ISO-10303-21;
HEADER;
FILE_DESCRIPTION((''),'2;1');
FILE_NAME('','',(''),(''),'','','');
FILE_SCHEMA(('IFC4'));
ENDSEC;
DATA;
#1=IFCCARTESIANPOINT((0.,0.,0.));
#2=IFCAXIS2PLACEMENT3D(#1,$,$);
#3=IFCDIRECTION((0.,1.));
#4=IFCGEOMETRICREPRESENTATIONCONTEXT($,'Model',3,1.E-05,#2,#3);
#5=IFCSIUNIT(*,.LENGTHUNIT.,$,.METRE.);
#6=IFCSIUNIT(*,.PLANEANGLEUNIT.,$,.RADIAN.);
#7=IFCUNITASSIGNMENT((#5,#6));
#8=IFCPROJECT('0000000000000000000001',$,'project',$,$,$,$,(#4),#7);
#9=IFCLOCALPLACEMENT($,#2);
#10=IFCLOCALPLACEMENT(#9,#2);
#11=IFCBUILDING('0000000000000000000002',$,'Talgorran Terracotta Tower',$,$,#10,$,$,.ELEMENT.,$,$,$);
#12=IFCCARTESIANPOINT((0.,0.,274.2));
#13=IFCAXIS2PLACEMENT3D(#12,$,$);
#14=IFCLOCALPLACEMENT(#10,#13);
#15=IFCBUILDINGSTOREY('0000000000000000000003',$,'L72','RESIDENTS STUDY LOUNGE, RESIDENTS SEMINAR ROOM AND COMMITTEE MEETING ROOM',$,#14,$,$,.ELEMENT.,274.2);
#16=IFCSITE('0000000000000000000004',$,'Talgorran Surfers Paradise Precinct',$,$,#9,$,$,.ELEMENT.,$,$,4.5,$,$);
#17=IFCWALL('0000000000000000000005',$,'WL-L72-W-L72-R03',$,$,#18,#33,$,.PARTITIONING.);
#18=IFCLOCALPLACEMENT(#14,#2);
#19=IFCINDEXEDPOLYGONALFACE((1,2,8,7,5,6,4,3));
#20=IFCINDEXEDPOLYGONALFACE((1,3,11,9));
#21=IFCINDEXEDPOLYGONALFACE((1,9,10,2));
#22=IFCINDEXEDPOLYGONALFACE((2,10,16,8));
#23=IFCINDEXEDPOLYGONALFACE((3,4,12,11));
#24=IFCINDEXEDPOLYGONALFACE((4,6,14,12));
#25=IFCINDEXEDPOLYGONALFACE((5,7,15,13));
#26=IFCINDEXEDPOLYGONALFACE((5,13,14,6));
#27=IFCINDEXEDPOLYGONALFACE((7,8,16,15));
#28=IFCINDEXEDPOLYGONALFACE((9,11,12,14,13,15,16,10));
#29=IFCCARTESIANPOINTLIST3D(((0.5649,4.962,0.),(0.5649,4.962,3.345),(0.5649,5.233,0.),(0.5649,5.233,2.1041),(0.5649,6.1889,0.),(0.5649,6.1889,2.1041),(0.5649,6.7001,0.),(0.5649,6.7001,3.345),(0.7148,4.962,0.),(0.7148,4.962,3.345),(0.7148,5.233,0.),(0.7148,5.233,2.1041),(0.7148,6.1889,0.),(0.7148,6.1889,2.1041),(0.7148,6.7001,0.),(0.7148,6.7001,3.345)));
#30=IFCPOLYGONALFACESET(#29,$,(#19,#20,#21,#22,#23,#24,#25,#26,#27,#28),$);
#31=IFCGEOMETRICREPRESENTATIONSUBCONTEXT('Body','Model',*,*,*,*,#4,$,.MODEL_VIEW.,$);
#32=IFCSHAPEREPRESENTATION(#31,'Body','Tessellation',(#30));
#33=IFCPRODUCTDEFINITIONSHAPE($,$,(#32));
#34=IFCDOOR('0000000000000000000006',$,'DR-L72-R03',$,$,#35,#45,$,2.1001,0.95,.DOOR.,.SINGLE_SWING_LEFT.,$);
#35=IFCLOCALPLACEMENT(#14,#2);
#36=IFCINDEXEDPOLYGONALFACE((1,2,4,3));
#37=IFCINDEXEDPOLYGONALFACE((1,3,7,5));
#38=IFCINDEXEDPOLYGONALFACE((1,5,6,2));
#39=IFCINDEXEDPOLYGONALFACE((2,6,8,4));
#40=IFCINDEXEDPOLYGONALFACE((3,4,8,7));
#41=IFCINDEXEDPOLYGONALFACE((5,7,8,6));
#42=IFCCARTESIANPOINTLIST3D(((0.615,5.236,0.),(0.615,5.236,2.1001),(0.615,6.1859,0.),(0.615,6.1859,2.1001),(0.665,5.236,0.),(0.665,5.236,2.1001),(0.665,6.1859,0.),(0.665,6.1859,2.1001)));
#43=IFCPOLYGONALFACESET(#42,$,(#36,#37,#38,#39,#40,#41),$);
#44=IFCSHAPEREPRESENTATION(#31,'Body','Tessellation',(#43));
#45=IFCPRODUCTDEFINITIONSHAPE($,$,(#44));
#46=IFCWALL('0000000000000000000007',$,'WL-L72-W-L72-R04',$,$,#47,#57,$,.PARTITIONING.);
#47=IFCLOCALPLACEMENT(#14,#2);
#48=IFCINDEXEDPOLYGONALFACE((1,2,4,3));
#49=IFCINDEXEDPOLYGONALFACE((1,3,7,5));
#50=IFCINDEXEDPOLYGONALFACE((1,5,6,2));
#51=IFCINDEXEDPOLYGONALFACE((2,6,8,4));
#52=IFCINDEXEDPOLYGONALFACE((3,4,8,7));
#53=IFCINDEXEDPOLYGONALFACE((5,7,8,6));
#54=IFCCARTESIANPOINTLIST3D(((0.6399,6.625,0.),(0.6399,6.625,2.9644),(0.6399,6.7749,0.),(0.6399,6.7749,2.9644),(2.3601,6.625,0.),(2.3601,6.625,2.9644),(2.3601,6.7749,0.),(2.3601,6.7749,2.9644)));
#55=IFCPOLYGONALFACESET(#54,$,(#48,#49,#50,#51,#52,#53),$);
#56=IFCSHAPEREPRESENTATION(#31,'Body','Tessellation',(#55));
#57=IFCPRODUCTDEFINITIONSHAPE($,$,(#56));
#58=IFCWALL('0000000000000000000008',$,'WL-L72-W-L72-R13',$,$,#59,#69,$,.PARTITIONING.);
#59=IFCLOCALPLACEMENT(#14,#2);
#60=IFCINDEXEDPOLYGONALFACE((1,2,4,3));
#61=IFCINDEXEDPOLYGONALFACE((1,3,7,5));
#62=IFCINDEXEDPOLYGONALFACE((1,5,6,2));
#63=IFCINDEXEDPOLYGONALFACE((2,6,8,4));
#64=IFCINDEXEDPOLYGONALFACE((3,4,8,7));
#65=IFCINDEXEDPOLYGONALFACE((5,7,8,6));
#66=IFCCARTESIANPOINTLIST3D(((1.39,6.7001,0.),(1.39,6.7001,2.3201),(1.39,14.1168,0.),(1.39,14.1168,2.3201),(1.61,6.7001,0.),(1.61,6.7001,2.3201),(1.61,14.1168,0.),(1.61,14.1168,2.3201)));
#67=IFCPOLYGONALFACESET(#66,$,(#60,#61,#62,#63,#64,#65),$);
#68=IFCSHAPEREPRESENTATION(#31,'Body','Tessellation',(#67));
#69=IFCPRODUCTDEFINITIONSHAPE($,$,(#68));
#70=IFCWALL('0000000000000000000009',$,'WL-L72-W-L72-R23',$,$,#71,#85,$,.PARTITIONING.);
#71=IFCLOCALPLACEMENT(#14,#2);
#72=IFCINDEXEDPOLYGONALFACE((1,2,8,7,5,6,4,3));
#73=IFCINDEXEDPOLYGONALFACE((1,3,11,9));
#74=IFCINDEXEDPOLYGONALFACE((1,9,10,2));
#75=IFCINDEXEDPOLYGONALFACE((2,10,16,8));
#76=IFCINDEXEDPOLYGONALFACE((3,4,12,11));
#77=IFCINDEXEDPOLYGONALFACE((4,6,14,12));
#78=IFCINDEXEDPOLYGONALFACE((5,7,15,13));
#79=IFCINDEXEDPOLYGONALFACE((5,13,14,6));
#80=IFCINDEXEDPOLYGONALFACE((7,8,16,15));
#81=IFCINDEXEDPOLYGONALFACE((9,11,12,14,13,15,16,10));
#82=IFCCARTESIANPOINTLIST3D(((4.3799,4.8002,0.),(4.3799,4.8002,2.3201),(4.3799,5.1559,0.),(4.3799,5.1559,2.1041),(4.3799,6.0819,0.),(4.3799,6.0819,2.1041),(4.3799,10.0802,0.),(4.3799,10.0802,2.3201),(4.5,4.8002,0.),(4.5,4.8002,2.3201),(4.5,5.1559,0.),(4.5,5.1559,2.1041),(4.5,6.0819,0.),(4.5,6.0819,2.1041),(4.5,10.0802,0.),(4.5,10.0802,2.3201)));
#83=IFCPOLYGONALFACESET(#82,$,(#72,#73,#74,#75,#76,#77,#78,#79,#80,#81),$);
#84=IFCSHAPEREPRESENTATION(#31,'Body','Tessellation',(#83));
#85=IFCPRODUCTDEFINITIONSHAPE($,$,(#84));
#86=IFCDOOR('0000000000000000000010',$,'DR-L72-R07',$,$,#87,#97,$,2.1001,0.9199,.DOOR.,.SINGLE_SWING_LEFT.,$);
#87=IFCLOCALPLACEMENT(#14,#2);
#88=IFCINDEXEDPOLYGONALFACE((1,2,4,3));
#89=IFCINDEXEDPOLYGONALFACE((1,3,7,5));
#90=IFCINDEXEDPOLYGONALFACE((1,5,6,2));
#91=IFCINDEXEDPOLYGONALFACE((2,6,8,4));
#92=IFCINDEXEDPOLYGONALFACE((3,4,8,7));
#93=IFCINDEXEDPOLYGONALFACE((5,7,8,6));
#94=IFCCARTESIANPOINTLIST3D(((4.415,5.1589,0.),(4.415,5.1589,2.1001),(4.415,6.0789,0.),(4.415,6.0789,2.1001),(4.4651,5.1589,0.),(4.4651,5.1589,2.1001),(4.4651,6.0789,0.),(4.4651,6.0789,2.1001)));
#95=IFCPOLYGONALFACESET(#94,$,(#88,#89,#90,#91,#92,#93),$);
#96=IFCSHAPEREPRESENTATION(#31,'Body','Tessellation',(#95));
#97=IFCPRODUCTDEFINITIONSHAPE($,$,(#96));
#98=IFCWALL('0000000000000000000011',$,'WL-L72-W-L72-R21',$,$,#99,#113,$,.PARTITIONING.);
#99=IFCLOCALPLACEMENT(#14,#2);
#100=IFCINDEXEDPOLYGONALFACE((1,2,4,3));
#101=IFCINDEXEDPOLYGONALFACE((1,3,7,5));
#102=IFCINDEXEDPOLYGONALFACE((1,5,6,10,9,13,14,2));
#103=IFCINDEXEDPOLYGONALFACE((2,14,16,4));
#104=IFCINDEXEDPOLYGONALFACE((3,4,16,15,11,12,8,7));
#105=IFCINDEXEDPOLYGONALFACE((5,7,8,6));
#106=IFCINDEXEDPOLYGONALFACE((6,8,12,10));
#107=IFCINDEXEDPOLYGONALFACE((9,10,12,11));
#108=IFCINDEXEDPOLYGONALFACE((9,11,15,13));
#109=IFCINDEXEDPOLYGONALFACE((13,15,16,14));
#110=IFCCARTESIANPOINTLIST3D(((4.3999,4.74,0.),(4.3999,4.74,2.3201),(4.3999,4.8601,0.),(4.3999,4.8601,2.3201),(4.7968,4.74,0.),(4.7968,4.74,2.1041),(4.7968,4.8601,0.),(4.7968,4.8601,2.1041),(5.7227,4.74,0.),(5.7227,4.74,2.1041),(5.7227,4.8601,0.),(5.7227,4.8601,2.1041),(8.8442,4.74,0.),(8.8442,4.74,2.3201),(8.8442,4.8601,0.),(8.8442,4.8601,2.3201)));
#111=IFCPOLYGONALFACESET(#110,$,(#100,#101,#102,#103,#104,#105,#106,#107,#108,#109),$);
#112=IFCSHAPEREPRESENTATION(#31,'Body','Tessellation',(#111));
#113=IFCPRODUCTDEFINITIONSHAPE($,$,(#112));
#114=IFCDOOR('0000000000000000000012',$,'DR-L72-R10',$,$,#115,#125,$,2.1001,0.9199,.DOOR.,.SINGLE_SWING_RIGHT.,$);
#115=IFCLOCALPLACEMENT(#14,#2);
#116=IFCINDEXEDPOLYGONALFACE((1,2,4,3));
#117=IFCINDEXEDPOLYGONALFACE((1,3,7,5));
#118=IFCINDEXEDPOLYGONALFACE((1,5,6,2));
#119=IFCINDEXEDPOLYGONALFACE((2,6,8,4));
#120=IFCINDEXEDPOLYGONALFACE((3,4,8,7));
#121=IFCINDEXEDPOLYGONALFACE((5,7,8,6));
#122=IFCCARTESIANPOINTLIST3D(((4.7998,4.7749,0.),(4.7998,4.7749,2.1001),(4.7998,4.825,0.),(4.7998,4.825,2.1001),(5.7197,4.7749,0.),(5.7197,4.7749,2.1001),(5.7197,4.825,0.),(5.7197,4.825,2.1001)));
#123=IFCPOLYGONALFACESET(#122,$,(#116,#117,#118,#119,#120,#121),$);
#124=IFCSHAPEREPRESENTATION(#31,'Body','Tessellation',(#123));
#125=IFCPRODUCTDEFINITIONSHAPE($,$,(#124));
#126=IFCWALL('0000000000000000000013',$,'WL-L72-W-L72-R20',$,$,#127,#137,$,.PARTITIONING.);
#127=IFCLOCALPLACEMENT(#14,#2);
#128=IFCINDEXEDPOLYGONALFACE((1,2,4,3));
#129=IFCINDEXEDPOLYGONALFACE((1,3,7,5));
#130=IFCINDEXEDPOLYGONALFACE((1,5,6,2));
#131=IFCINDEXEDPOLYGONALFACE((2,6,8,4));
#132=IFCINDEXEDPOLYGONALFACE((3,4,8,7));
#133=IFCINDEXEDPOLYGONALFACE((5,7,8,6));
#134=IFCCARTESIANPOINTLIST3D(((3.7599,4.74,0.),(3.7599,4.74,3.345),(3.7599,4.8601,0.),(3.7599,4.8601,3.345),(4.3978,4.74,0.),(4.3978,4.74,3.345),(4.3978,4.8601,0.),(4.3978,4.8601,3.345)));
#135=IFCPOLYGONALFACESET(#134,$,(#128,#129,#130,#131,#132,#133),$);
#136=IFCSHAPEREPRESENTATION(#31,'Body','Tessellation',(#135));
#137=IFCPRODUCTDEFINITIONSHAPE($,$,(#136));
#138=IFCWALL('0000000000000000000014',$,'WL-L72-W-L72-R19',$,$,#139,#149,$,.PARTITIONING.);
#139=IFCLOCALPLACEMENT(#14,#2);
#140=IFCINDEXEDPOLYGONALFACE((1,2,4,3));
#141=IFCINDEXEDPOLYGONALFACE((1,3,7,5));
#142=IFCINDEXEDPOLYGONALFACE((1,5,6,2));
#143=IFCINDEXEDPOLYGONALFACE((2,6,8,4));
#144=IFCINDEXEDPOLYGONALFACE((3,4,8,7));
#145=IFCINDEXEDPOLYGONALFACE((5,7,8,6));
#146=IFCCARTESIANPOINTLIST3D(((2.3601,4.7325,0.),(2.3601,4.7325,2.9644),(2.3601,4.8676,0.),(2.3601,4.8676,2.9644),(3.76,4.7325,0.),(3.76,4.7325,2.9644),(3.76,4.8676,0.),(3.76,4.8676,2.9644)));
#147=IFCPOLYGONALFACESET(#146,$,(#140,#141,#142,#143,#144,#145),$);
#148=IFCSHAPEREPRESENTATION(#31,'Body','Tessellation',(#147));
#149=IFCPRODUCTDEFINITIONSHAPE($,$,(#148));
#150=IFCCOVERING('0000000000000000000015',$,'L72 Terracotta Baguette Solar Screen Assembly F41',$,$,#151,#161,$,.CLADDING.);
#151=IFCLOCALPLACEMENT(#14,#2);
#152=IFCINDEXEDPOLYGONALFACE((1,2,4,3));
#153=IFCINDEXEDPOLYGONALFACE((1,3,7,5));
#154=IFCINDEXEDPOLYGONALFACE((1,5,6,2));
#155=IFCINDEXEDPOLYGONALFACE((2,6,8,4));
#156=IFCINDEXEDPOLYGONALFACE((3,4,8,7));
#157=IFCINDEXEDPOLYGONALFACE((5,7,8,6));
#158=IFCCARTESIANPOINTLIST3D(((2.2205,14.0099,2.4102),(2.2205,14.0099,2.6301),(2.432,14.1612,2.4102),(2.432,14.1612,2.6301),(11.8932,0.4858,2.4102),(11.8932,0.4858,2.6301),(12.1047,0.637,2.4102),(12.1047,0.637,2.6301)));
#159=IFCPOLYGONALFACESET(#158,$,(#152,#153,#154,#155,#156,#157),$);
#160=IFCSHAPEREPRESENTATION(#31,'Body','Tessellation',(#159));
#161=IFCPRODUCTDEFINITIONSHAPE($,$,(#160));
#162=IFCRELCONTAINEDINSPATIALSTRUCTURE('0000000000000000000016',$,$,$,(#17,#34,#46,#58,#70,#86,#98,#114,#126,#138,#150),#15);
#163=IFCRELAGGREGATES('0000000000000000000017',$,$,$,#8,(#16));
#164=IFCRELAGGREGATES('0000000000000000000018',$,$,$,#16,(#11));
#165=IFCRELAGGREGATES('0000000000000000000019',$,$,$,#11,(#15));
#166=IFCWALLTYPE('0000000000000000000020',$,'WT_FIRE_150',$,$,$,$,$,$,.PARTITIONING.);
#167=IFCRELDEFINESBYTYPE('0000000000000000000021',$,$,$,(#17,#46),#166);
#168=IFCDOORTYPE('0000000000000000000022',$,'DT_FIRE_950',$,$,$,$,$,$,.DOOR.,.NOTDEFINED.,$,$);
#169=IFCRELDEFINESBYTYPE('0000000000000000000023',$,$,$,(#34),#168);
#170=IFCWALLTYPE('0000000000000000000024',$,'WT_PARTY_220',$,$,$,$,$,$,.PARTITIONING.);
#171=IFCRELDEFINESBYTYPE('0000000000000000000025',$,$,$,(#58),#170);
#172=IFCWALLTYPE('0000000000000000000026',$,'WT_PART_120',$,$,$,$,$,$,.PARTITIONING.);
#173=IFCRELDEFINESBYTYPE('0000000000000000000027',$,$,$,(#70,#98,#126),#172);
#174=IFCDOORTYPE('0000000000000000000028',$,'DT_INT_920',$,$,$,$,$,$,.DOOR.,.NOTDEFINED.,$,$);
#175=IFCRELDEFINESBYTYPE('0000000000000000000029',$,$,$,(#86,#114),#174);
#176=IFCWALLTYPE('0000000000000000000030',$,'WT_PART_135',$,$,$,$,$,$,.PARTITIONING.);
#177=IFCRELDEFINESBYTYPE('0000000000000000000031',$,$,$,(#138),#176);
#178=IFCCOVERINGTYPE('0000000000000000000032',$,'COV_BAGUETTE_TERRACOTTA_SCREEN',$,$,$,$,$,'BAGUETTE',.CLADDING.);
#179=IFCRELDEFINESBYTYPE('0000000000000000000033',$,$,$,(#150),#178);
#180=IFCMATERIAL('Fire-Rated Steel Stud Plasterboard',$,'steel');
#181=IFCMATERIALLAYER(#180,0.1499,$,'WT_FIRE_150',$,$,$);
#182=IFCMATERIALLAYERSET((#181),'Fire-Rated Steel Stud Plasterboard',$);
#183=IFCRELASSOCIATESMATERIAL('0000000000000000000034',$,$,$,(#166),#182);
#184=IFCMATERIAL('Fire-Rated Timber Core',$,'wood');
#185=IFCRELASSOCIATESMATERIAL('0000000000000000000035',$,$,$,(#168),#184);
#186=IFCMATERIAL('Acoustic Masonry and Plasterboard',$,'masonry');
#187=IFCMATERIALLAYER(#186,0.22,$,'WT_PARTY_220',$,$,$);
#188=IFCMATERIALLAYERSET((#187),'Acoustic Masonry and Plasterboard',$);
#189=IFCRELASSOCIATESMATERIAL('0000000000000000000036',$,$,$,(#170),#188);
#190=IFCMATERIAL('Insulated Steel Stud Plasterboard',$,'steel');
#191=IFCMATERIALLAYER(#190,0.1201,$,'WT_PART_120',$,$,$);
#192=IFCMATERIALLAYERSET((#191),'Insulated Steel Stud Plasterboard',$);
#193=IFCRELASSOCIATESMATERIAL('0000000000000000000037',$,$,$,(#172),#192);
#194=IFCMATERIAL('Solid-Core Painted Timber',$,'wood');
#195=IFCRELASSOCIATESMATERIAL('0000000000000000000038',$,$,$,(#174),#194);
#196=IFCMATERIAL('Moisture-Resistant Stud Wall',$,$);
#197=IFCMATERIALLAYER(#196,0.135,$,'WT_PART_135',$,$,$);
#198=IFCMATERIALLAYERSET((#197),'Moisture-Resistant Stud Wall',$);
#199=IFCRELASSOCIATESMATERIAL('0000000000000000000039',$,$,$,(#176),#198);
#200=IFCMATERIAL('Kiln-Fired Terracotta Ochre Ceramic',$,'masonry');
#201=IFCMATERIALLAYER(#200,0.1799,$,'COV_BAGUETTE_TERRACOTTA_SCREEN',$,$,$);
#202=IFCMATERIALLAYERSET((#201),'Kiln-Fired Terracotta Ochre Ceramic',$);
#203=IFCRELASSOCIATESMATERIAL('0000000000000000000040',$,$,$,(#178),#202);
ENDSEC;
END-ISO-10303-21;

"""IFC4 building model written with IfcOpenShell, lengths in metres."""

from ifc_helpers import new_model, si_unit, direction, frame, frame_2d, origin, origin_2d, place, context, subcontext, project, spatial, rectangle, extrude, material, layer, layer_set, type_object, element, fill, save


model = new_model("IFC4")

# Units and contexts
model_context = context("Model", 3, precision=1e-05, world=origin(), true_north=direction((0.0, 1.0)))
body_context = subcontext(model_context, "Body", "Model", "MODEL_VIEW")
ifc_project = project(units=[si_unit("LENGTHUNIT", "METRE"), si_unit("PLANEANGLEUNIT", "RADIAN")], contexts=[model_context])

# Site, building, storey
site_placement = place(None, origin())
site = spatial("IfcSite", under=ifc_project, at=site_placement, Name="Talgorran Surfers Paradise Precinct", CompositionType="ELEMENT", RefElevation=4.5)
building_placement = place(site_placement, origin())
building = spatial("IfcBuilding", under=site, at=building_placement, Name="Talgorran Terracotta Tower", CompositionType="ELEMENT")
storey_placement = place(building_placement, frame((0.0, 0.0, 274.2)))
storey = spatial("IfcBuildingStorey", under=building, at=storey_placement, Name="L72", Description="RESIDENTS STUDY LOUNGE, RESIDENTS SEMINAR ROOM AND COMMITTEE MEETING ROOM", CompositionType="ELEMENT", Elevation=274.2)

# Wall, opening, door
ifc_material_1 = material(Name="Fire-Rated Steel Stud Plasterboard", Category="steel")
ifc_layer_1 = layer(ifc_material_1, 0.1499, Name="WT_FIRE_150")
ifc_layer_set_1 = layer_set([ifc_layer_1], Name="Fire-Rated Steel Stud Plasterboard")
wall_type_1 = type_object("IfcWallType", Name="WT_FIRE_150", PredefinedType="PARTITIONING", material=ifc_layer_set_1)
wall_1_placement = place(storey_placement, frame((0.6399, 4.9619, 0.0), z_axis=(0.0, 0.0, 1.0), x_axis=(0.0, 1.0, 0.0)))
wall_1 = element("IfcWall", 1, at=wall_1_placement, inside=storey, type_object=wall_type_1, Name="WL-L72-W-L72-R03", PredefinedType="PARTITIONING", context=body_context, shape_type="SweptSolid", body=[
    extrude(rectangle(XDim=1.738, YDim=0.1499, at=frame_2d((0.8691, 0.0))), origin(), (0.0, 0.0, 1.0), 3.345),
])
opening_1_placement = place(wall_1_placement, frame((0.2739, 0.0, 0.0)))
opening_1 = element("IfcOpeningElement", 2, at=opening_1_placement, cuts=wall_1, PredefinedType="OPENING", context=body_context, shape_type="SweptSolid", body=[
    extrude(rectangle(XDim=0.956, YDim=2.1041, at=frame_2d((0.4751, 1.052))), frame((0.0, 0.085, 0.0), z_axis=(0.0, -1.0, 0.0), x_axis=(1.0, 0.0, 0.0)), (0.0, 0.0, 1.0), 0.1699),
])
ifc_material_2 = material(Name="Fire-Rated Timber Core", Category="wood")
door_type_1 = type_object("IfcDoorType", Name="DT_FIRE_950", OperationType="NOTDEFINED", PredefinedType="DOOR", material=ifc_material_2)
door_1_placement = place(opening_1_placement, origin())
door_1 = element("IfcDoor", 3, at=door_1_placement, inside=storey, type_object=door_type_1, Name="DR-L72-R03", OperationType="SINGLE_SWING_LEFT", OverallHeight=2.1001, OverallWidth=0.95, PredefinedType="DOOR", context=body_context, shape_type="SweptSolid", body=[
    extrude(rectangle(XDim=0.95, YDim=2.1001, at=frame_2d((0.4751, 1.05))), frame((0.0, 0.0249, 0.0), z_axis=(0.0, -1.0, 0.0), x_axis=(1.0, 0.0, 0.0)), (0.0, 0.0, 1.0), 0.05),
])
fill(opening_1, door_1)

# Walls
wall_2_placement = place(storey_placement, frame((0.6399, 6.7, 0.0), z_axis=(0.0, 0.0, 1.0), x_axis=(1.0, 0.0, 0.0)))
element("IfcWall", 4, at=wall_2_placement, inside=storey, type_object=wall_type_1, Name="WL-L72-W-L72-R04", PredefinedType="PARTITIONING", context=body_context, shape_type="SweptSolid", body=[
    extrude(rectangle(XDim=1.7202, YDim=0.1499, at=frame_2d((0.8601, 0.0))), origin(), (0.0, 0.0, 1.0), 2.9644),
])
ifc_material_3 = material(Name="Acoustic Masonry and Plasterboard", Category="masonry")
ifc_layer_2 = layer(ifc_material_3, 0.22, Name="WT_PARTY_220")
ifc_layer_set_2 = layer_set([ifc_layer_2], Name="Acoustic Masonry and Plasterboard")
wall_type_2 = type_object("IfcWallType", Name="WT_PARTY_220", PredefinedType="PARTITIONING", material=ifc_layer_set_2)
wall_3_placement = place(storey_placement, frame((1.5, 6.7, 0.0), z_axis=(0.0, 0.0, 1.0), x_axis=(0.0, 1.0, 0.0)))
element("IfcWall", 5, at=wall_3_placement, inside=storey, type_object=wall_type_2, Name="WL-L72-W-L72-R13", PredefinedType="PARTITIONING", context=body_context, shape_type="SweptSolid", body=[
    extrude(rectangle(XDim=7.4167, YDim=0.22, at=frame_2d((3.7085, 0.0))), origin(), (0.0, 0.0, 1.0), 2.3201),
])

# Walls, openings, doors
ifc_material_4 = material(Name="Insulated Steel Stud Plasterboard", Category="steel")
ifc_layer_3 = layer(ifc_material_4, 0.1201, Name="WT_PART_120")
ifc_layer_set_3 = layer_set([ifc_layer_3], Name="Insulated Steel Stud Plasterboard")
wall_type_3 = type_object("IfcWallType", Name="WT_PART_120", PredefinedType="PARTITIONING", material=ifc_layer_set_3)
wall_4_placement = place(storey_placement, frame((4.4399, 4.8, 0.0), z_axis=(0.0, 0.0, 1.0), x_axis=(0.0, 1.0, 0.0)))
wall_4 = element("IfcWall", 6, at=wall_4_placement, inside=storey, type_object=wall_type_3, Name="WL-L72-W-L72-R23", PredefinedType="PARTITIONING", context=body_context, shape_type="SweptSolid", body=[
    extrude(rectangle(XDim=5.28, YDim=0.1201, at=frame_2d((2.6401, 0.0))), origin(), (0.0, 0.0, 1.0), 2.3201),
])
opening_2_placement = place(wall_4_placement, frame((0.3589, 0.0, 0.0)))
opening_2 = element("IfcOpeningElement", 7, at=opening_2_placement, cuts=wall_4, PredefinedType="OPENING", context=body_context, shape_type="SweptSolid", body=[
    extrude(rectangle(XDim=0.9259, YDim=2.1041, at=frame_2d((0.46, 1.052))), frame((0.0, 0.0701, 0.0), z_axis=(0.0, -1.0, 0.0), x_axis=(1.0, 0.0, 0.0)), (0.0, 0.0, 1.0), 0.1401),
])
ifc_material_5 = material(Name="Solid-Core Painted Timber", Category="wood")
door_type_2 = type_object("IfcDoorType", Name="DT_INT_920", OperationType="NOTDEFINED", PredefinedType="DOOR", material=ifc_material_5)
door_2_placement = place(opening_2_placement, origin())
door_2 = element("IfcDoor", 8, at=door_2_placement, inside=storey, type_object=door_type_2, Name="DR-L72-R07", OperationType="SINGLE_SWING_LEFT", OverallHeight=2.1001, OverallWidth=0.9199, PredefinedType="DOOR", context=body_context, shape_type="SweptSolid", body=[
    extrude(rectangle(XDim=0.9199, YDim=2.1001, at=frame_2d((0.46, 1.05))), frame((0.0, 0.0249, 0.0), z_axis=(0.0, -1.0, 0.0), x_axis=(1.0, 0.0, 0.0)), (0.0, 0.0, 1.0), 0.05),
])
fill(opening_2, door_2)
wall_5_placement = place(storey_placement, frame((4.3999, 4.8, 0.0), z_axis=(0.0, 0.0, 1.0), x_axis=(1.0, 0.0, 0.0)))
wall_5 = element("IfcWall", 9, at=wall_5_placement, inside=storey, type_object=wall_type_3, Name="WL-L72-W-L72-R21", PredefinedType="PARTITIONING", context=body_context, shape_type="SweptSolid", body=[
    extrude(rectangle(XDim=4.4443, YDim=0.1201, at=frame_2d((2.2222, 0.0))), origin(), (0.0, 0.0, 1.0), 2.3201),
])
opening_3_placement = place(wall_5_placement, frame((0.3999, 0.0, 0.0)))
opening_3 = element("IfcOpeningElement", 10, at=opening_3_placement, cuts=wall_5, PredefinedType="OPENING", context=body_context, shape_type="SweptSolid", body=[
    extrude(rectangle(XDim=0.9259, YDim=2.1041, at=frame_2d((0.46, 1.052))), frame((0.0, 0.0701, 0.0), z_axis=(0.0, -1.0, 0.0), x_axis=(1.0, 0.0, 0.0)), (0.0, 0.0, 1.0), 0.1401),
])
door_3_placement = place(opening_3_placement, origin())
door_3 = element("IfcDoor", 11, at=door_3_placement, inside=storey, type_object=door_type_2, Name="DR-L72-R10", OperationType="SINGLE_SWING_RIGHT", OverallHeight=2.1001, OverallWidth=0.9199, PredefinedType="DOOR", context=body_context, shape_type="SweptSolid", body=[
    extrude(rectangle(XDim=0.9199, YDim=2.1001, at=frame_2d((0.46, 1.05))), frame((0.0, 0.0249, 0.0), z_axis=(0.0, -1.0, 0.0), x_axis=(1.0, 0.0, 0.0)), (0.0, 0.0, 1.0), 0.05),
])
fill(opening_3, door_3)

# Walls
wall_6_placement = place(storey_placement, frame((3.76, 4.8, 0.0), z_axis=(0.0, 0.0, 1.0), x_axis=(1.0, 0.0, 0.0)))
element("IfcWall", 12, at=wall_6_placement, inside=storey, type_object=wall_type_3, Name="WL-L72-W-L72-R20", PredefinedType="PARTITIONING", context=body_context, shape_type="SweptSolid", body=[
    extrude(rectangle(XDim=0.6379, YDim=0.1201, at=frame_2d((0.3188, 0.0))), origin(), (0.0, 0.0, 1.0), 3.345),
])
ifc_material_6 = material(Name="Moisture-Resistant Stud Wall")
ifc_layer_4 = layer(ifc_material_6, 0.135, Name="WT_PART_135")
ifc_layer_set_4 = layer_set([ifc_layer_4], Name="Moisture-Resistant Stud Wall")
wall_type_4 = type_object("IfcWallType", Name="WT_PART_135", PredefinedType="PARTITIONING", material=ifc_layer_set_4)
wall_7_placement = place(storey_placement, frame((2.3601, 4.8, 0.0), z_axis=(0.0, 0.0, 1.0), x_axis=(1.0, 0.0, 0.0)))
element("IfcWall", 13, at=wall_7_placement, inside=storey, type_object=wall_type_4, Name="WL-L72-W-L72-R19", PredefinedType="PARTITIONING", context=body_context, shape_type="SweptSolid", body=[
    extrude(rectangle(XDim=1.3999, YDim=0.135, at=frame_2d((0.7, 0.0))), origin(), (0.0, 0.0, 1.0), 2.9644),
])

# Covering
ifc_material_7 = material(Name="Kiln-Fired Terracotta Ochre Ceramic", Category="masonry")
ifc_layer_5 = layer(ifc_material_7, 0.1799, Name="COV_BAGUETTE_TERRACOTTA_SCREEN")
ifc_layer_set_5 = layer_set([ifc_layer_5], Name="Kiln-Fired Terracotta Ochre Ceramic")
covering_type_1 = type_object("IfcCoveringType", Name="COV_BAGUETTE_TERRACOTTA_SCREEN", ElementType="BAGUETTE", PredefinedType="CLADDING", material=ifc_layer_set_5)
covering_1_placement = place(storey_placement, frame((7.1626, 7.3235, 2.4102), z_axis=(0.0, 0.0, 1.0), x_axis=(-0.58174, 0.813375, 0.0)))
element("IfcCovering", 14, at=covering_1_placement, inside=storey, type_object=covering_type_1, Name="L72 Terracotta Baguette Solar Screen Assembly F41", PredefinedType="CLADDING", context=body_context, shape_type="SweptSolid", body=[
    extrude(rectangle(XDim=16.6272, YDim=0.26, at=origin_2d()), origin(), (0.0, 0.0, 1.0), 0.22),
])

save(model, "model.ifc")
